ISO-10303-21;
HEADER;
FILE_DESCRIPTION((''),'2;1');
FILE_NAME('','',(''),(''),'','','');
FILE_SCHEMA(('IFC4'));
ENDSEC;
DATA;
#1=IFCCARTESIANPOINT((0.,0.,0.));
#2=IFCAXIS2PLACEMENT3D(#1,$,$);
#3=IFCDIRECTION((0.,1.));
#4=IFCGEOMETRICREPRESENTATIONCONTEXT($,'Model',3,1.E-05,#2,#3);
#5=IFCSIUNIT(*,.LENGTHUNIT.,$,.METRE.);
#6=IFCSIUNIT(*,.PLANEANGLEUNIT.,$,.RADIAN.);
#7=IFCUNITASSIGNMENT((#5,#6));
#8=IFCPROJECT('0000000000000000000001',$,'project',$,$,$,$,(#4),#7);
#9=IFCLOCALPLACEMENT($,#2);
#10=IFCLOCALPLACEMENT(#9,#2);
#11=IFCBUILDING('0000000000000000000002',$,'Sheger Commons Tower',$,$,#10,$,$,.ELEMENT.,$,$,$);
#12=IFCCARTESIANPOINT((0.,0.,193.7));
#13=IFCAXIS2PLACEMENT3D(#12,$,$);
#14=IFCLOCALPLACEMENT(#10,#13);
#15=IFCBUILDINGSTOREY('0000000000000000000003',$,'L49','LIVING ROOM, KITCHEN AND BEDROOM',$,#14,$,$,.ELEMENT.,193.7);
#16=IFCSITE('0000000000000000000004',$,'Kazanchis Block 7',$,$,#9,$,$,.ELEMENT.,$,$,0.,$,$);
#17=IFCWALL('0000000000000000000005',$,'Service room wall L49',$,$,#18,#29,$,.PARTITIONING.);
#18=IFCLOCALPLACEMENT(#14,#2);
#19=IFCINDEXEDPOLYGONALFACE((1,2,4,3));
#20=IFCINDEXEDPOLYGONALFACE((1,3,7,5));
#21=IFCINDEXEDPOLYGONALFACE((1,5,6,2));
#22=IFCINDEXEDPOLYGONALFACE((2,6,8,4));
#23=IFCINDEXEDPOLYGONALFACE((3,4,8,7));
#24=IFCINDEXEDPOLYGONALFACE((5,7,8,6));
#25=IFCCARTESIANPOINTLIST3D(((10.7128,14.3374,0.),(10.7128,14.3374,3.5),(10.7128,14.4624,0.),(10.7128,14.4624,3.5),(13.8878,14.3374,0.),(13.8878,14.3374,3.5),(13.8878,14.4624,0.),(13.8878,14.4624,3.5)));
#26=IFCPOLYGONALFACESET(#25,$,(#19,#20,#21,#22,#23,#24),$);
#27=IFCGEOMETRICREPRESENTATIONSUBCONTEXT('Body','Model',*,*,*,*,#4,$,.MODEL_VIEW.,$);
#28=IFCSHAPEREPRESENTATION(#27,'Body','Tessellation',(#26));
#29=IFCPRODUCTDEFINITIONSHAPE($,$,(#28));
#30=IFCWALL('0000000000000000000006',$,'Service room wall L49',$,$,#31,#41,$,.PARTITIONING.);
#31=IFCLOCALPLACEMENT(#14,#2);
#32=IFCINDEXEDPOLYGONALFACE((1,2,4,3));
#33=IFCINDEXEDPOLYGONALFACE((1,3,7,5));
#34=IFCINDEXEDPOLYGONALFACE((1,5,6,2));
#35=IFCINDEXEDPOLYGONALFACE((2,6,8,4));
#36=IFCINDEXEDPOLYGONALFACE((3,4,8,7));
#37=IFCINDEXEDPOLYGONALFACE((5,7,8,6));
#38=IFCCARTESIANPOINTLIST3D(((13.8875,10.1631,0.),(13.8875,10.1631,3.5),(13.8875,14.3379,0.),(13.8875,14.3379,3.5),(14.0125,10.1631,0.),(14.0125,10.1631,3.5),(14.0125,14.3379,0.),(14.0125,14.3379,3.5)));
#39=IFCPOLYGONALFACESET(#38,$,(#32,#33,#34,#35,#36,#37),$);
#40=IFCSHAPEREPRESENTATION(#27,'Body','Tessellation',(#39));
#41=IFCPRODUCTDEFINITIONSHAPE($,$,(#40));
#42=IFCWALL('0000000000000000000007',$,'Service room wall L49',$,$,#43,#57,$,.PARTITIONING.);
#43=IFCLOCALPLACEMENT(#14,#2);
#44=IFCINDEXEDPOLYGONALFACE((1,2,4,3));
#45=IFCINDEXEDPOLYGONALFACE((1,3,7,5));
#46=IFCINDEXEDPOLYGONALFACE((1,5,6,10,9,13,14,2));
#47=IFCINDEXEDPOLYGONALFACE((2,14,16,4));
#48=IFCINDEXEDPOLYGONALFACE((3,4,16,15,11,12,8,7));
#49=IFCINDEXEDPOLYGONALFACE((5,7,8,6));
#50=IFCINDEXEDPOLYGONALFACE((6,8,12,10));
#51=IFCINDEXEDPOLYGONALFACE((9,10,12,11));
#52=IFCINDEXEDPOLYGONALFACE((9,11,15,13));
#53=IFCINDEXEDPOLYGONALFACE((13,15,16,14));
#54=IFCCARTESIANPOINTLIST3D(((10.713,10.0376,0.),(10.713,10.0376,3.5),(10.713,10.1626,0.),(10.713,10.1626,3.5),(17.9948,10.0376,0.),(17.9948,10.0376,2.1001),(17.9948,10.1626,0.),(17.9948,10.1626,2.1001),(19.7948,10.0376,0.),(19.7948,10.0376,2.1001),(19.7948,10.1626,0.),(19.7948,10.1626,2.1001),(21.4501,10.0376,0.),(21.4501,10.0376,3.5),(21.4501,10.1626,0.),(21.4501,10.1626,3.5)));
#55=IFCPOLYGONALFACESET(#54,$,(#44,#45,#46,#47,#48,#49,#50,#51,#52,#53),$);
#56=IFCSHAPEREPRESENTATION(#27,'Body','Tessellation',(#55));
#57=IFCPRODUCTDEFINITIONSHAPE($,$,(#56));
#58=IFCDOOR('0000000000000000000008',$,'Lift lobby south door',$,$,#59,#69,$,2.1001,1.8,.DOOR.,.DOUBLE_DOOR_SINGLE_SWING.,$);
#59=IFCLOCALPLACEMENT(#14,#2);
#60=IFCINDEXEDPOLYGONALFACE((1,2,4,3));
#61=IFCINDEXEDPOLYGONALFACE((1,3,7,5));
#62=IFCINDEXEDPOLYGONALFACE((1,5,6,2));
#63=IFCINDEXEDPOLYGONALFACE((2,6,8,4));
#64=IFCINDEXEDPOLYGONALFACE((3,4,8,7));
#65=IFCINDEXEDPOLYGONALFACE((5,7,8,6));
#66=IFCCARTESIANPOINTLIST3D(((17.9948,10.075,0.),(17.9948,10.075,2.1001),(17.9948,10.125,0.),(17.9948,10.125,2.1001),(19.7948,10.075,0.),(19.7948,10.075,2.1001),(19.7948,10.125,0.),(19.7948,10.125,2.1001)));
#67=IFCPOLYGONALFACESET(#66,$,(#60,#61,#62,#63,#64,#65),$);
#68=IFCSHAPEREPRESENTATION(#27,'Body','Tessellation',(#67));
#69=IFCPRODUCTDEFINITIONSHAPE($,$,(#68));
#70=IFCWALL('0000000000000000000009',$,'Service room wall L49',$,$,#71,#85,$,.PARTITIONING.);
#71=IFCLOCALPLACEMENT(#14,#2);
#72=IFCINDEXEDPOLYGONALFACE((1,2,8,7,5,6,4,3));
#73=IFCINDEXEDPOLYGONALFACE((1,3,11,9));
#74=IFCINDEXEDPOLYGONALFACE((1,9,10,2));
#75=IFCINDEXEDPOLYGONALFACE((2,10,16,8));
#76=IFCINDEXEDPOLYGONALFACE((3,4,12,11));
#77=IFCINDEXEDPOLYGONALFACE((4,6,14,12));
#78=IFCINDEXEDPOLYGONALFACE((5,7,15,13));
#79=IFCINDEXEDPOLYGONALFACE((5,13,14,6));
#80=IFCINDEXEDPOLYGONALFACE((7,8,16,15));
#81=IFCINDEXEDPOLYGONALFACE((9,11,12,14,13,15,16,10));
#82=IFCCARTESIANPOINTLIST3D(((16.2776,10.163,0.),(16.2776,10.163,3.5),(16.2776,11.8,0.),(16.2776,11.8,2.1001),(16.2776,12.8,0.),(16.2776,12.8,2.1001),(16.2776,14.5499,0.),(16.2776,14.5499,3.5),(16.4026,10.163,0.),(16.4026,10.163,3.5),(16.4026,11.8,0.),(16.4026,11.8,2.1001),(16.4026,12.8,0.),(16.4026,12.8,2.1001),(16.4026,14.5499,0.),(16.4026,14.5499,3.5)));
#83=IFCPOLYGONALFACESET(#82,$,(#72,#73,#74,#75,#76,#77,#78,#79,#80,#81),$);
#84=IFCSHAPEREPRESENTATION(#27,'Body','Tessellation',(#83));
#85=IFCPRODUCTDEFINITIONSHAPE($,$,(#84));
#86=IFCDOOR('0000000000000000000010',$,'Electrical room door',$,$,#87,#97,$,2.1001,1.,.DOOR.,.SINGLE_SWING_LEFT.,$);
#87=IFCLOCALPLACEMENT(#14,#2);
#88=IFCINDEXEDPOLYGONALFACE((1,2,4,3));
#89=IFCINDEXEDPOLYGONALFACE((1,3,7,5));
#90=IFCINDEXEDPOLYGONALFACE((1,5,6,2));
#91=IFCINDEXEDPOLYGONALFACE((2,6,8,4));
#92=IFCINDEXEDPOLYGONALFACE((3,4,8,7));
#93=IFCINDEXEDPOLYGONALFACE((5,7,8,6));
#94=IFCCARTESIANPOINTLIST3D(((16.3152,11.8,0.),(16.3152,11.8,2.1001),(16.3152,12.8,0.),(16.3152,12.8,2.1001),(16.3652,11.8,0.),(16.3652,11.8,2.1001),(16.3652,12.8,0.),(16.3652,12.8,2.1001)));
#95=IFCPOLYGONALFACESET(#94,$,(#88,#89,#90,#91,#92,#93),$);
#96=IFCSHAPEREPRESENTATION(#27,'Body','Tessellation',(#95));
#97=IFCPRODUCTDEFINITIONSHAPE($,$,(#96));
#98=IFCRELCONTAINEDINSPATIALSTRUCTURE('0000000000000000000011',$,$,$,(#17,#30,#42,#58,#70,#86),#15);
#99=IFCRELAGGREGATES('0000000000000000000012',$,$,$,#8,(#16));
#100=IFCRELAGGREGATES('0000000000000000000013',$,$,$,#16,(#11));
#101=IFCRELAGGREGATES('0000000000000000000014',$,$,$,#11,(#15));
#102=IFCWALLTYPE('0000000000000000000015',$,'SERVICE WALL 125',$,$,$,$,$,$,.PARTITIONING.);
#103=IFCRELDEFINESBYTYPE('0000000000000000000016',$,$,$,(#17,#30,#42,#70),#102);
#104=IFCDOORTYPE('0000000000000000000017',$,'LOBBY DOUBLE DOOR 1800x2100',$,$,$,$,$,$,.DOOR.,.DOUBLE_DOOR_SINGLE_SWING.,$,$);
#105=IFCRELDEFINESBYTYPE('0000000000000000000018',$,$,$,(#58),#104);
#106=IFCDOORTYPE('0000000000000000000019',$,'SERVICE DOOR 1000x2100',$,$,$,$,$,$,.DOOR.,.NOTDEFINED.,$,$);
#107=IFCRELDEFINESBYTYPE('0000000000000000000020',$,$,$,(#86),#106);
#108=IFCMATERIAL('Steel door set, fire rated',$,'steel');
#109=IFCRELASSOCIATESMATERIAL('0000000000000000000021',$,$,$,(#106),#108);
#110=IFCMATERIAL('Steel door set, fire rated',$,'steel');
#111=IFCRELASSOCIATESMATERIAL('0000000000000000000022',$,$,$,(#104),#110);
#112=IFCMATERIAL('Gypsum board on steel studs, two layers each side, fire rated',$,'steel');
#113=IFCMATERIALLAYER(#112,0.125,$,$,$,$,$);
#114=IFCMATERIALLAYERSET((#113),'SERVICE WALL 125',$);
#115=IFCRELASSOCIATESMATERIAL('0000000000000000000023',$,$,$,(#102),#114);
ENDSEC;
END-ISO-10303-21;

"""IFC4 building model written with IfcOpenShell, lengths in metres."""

from ifc_helpers import new_model, si_unit, direction, frame, frame_2d, origin, place, context, subcontext, project, spatial, rectangle, extrude, material, layer, layer_set, type_object, element, fill, save


model = new_model("IFC4")

# Units and contexts
model_context = context("Model", 3, precision=1e-05, world=origin(), true_north=direction((0.0, 1.0)))
body_context = subcontext(model_context, "Body", "Model", "MODEL_VIEW")
ifc_project = project(units=[si_unit("LENGTHUNIT", "METRE"), si_unit("PLANEANGLEUNIT", "RADIAN")], contexts=[model_context])

# Site, building, storey
site_placement = place(None, origin())
site = spatial("IfcSite", under=ifc_project, at=site_placement, Name="Kazanchis Block 7", CompositionType="ELEMENT", RefElevation=0.0)
building_placement = place(site_placement, origin())
building = spatial("IfcBuilding", under=site, at=building_placement, Name="Sheger Commons Tower", CompositionType="ELEMENT")
storey_placement = place(building_placement, frame((0.0, 0.0, 193.7)))
storey = spatial("IfcBuildingStorey", under=building, at=storey_placement, Name="L49", Description="LIVING ROOM, KITCHEN AND BEDROOM", CompositionType="ELEMENT", Elevation=193.7)

# Shared definitions
ifc_material_1 = material(Name="Steel door set, fire rated", Category="steel")
door_type_1 = type_object("IfcDoorType", Name="SERVICE DOOR 1000x2100", OperationType="NOTDEFINED", PredefinedType="DOOR", material=ifc_material_1)
ifc_material_2 = material(Name="Steel door set, fire rated", Category="steel")
door_type_2 = type_object("IfcDoorType", Name="LOBBY DOUBLE DOOR 1800x2100", OperationType="DOUBLE_DOOR_SINGLE_SWING", PredefinedType="DOOR", material=ifc_material_2)

# Shared definitions
ifc_material_3 = material(Name="Gypsum board on steel studs, two layers each side, fire rated", Category="steel")
ifc_layer_1 = layer(ifc_material_3, 0.125)
ifc_layer_set_1 = layer_set([ifc_layer_1], Name="SERVICE WALL 125")
wall_type_1 = type_object("IfcWallType", Name="SERVICE WALL 125", PredefinedType="PARTITIONING", material=ifc_layer_set_1)

# Walls
wall_1_placement = place(storey_placement, frame((10.7129, 14.3999, 0.0), z_axis=(0.0, 0.0, 1.0), x_axis=(1.0, 0.0, 0.0)))
element("IfcWall", 1, at=wall_1_placement, inside=storey, type_object=wall_type_1, Name="Service room wall L49", PredefinedType="PARTITIONING", context=body_context, shape_type="SweptSolid", body=[
    extrude(rectangle(XDim=3.175, YDim=0.125, at=frame_2d((1.5874, 0.0))), origin(), (0.0, 0.0, 1.0), 3.5),
])
wall_2_placement = place(storey_placement, frame((13.95, 10.1631, 0.0), z_axis=(0.0, 0.0, 1.0), x_axis=(0.0, 1.0, 0.0)))
element("IfcWall", 2, at=wall_2_placement, inside=storey, type_object=wall_type_1, Name="Service room wall L49", PredefinedType="PARTITIONING", context=body_context, shape_type="SweptSolid", body=[
    extrude(rectangle(XDim=4.1748, YDim=0.125, at=frame_2d((2.0874, 0.0))), origin(), (0.0, 0.0, 1.0), 3.5),
])

# Walls, openings, doors
wall_3_placement = place(storey_placement, frame((10.7129, 10.1001, 0.0), z_axis=(0.0, 0.0, 1.0), x_axis=(1.0, 0.0, 0.0)))
wall_3 = element("IfcWall", 3, at=wall_3_placement, inside=storey, type_object=wall_type_1, Name="Service room wall L49", PredefinedType="PARTITIONING", context=body_context, shape_type="SweptSolid", body=[
    extrude(rectangle(XDim=10.7371, YDim=0.125, at=frame_2d((5.3687, 0.0))), origin(), (0.0, 0.0, 1.0), 3.5),
])
opening_1_placement = place(wall_3_placement, frame((7.282, 0.0, 0.0)))
opening_1 = element("IfcOpeningElement", 4, at=opening_1_placement, cuts=wall_3, PredefinedType="OPENING", context=body_context, shape_type="SweptSolid", body=[
    extrude(rectangle(XDim=1.8, YDim=2.1001, at=frame_2d((0.8999, 1.05))), frame((0.0, 0.0725, 0.0), z_axis=(0.0, -1.0, 0.0), x_axis=(1.0, 0.0, 0.0)), (0.0, 0.0, 1.0), 0.145),
])
door_1_placement = place(opening_1_placement, origin())
door_1 = element("IfcDoor", 5, at=door_1_placement, inside=storey, type_object=door_type_2, Name="Lift lobby south door", OperationType="DOUBLE_DOOR_SINGLE_SWING", OverallHeight=2.1001, OverallWidth=1.8, PredefinedType="DOOR", context=body_context, shape_type="SweptSolid", body=[
    extrude(rectangle(XDim=1.8, YDim=2.1001, at=frame_2d((0.8999, 1.05))), frame((0.0, 0.0249, 0.0), z_axis=(0.0, -1.0, 0.0), x_axis=(1.0, 0.0, 0.0)), (0.0, 0.0, 1.0), 0.05),
])
fill(opening_1, door_1)
wall_4_placement = place(storey_placement, frame((16.3401, 10.1631, 0.0), z_axis=(0.0, 0.0, 1.0), x_axis=(0.0, 1.0, 0.0)))
wall_4 = element("IfcWall", 6, at=wall_4_placement, inside=storey, type_object=wall_type_1, Name="Service room wall L49", PredefinedType="PARTITIONING", context=body_context, shape_type="SweptSolid", body=[
    extrude(rectangle(XDim=4.387, YDim=0.125, at=frame_2d((2.1934, 0.0))), origin(), (0.0, 0.0, 1.0), 3.5),
])
opening_2_placement = place(wall_4_placement, frame((1.637, 0.0, 0.0)))
opening_2 = element("IfcOpeningElement", 7, at=opening_2_placement, cuts=wall_4, PredefinedType="OPENING", context=body_context, shape_type="SweptSolid", body=[
    extrude(rectangle(XDim=1.0, YDim=2.1001, at=frame_2d((0.5, 1.05))), frame((0.0, 0.0725, 0.0), z_axis=(0.0, -1.0, 0.0), x_axis=(1.0, 0.0, 0.0)), (0.0, 0.0, 1.0), 0.145),
])
door_2_placement = place(opening_2_placement, origin())
door_2 = element("IfcDoor", 8, at=door_2_placement, inside=storey, type_object=door_type_1, Name="Electrical room door", OperationType="SINGLE_SWING_LEFT", OverallHeight=2.1001, OverallWidth=1.0, PredefinedType="DOOR", context=body_context, shape_type="SweptSolid", body=[
    extrude(rectangle(XDim=1.0, YDim=2.1001, at=frame_2d((0.5, 1.05))), frame((0.0, 0.0249, 0.0), z_axis=(0.0, -1.0, 0.0), x_axis=(1.0, 0.0, 0.0)), (0.0, 0.0, 1.0), 0.05),
])
fill(opening_2, door_2)

save(model, "model.ifc")
